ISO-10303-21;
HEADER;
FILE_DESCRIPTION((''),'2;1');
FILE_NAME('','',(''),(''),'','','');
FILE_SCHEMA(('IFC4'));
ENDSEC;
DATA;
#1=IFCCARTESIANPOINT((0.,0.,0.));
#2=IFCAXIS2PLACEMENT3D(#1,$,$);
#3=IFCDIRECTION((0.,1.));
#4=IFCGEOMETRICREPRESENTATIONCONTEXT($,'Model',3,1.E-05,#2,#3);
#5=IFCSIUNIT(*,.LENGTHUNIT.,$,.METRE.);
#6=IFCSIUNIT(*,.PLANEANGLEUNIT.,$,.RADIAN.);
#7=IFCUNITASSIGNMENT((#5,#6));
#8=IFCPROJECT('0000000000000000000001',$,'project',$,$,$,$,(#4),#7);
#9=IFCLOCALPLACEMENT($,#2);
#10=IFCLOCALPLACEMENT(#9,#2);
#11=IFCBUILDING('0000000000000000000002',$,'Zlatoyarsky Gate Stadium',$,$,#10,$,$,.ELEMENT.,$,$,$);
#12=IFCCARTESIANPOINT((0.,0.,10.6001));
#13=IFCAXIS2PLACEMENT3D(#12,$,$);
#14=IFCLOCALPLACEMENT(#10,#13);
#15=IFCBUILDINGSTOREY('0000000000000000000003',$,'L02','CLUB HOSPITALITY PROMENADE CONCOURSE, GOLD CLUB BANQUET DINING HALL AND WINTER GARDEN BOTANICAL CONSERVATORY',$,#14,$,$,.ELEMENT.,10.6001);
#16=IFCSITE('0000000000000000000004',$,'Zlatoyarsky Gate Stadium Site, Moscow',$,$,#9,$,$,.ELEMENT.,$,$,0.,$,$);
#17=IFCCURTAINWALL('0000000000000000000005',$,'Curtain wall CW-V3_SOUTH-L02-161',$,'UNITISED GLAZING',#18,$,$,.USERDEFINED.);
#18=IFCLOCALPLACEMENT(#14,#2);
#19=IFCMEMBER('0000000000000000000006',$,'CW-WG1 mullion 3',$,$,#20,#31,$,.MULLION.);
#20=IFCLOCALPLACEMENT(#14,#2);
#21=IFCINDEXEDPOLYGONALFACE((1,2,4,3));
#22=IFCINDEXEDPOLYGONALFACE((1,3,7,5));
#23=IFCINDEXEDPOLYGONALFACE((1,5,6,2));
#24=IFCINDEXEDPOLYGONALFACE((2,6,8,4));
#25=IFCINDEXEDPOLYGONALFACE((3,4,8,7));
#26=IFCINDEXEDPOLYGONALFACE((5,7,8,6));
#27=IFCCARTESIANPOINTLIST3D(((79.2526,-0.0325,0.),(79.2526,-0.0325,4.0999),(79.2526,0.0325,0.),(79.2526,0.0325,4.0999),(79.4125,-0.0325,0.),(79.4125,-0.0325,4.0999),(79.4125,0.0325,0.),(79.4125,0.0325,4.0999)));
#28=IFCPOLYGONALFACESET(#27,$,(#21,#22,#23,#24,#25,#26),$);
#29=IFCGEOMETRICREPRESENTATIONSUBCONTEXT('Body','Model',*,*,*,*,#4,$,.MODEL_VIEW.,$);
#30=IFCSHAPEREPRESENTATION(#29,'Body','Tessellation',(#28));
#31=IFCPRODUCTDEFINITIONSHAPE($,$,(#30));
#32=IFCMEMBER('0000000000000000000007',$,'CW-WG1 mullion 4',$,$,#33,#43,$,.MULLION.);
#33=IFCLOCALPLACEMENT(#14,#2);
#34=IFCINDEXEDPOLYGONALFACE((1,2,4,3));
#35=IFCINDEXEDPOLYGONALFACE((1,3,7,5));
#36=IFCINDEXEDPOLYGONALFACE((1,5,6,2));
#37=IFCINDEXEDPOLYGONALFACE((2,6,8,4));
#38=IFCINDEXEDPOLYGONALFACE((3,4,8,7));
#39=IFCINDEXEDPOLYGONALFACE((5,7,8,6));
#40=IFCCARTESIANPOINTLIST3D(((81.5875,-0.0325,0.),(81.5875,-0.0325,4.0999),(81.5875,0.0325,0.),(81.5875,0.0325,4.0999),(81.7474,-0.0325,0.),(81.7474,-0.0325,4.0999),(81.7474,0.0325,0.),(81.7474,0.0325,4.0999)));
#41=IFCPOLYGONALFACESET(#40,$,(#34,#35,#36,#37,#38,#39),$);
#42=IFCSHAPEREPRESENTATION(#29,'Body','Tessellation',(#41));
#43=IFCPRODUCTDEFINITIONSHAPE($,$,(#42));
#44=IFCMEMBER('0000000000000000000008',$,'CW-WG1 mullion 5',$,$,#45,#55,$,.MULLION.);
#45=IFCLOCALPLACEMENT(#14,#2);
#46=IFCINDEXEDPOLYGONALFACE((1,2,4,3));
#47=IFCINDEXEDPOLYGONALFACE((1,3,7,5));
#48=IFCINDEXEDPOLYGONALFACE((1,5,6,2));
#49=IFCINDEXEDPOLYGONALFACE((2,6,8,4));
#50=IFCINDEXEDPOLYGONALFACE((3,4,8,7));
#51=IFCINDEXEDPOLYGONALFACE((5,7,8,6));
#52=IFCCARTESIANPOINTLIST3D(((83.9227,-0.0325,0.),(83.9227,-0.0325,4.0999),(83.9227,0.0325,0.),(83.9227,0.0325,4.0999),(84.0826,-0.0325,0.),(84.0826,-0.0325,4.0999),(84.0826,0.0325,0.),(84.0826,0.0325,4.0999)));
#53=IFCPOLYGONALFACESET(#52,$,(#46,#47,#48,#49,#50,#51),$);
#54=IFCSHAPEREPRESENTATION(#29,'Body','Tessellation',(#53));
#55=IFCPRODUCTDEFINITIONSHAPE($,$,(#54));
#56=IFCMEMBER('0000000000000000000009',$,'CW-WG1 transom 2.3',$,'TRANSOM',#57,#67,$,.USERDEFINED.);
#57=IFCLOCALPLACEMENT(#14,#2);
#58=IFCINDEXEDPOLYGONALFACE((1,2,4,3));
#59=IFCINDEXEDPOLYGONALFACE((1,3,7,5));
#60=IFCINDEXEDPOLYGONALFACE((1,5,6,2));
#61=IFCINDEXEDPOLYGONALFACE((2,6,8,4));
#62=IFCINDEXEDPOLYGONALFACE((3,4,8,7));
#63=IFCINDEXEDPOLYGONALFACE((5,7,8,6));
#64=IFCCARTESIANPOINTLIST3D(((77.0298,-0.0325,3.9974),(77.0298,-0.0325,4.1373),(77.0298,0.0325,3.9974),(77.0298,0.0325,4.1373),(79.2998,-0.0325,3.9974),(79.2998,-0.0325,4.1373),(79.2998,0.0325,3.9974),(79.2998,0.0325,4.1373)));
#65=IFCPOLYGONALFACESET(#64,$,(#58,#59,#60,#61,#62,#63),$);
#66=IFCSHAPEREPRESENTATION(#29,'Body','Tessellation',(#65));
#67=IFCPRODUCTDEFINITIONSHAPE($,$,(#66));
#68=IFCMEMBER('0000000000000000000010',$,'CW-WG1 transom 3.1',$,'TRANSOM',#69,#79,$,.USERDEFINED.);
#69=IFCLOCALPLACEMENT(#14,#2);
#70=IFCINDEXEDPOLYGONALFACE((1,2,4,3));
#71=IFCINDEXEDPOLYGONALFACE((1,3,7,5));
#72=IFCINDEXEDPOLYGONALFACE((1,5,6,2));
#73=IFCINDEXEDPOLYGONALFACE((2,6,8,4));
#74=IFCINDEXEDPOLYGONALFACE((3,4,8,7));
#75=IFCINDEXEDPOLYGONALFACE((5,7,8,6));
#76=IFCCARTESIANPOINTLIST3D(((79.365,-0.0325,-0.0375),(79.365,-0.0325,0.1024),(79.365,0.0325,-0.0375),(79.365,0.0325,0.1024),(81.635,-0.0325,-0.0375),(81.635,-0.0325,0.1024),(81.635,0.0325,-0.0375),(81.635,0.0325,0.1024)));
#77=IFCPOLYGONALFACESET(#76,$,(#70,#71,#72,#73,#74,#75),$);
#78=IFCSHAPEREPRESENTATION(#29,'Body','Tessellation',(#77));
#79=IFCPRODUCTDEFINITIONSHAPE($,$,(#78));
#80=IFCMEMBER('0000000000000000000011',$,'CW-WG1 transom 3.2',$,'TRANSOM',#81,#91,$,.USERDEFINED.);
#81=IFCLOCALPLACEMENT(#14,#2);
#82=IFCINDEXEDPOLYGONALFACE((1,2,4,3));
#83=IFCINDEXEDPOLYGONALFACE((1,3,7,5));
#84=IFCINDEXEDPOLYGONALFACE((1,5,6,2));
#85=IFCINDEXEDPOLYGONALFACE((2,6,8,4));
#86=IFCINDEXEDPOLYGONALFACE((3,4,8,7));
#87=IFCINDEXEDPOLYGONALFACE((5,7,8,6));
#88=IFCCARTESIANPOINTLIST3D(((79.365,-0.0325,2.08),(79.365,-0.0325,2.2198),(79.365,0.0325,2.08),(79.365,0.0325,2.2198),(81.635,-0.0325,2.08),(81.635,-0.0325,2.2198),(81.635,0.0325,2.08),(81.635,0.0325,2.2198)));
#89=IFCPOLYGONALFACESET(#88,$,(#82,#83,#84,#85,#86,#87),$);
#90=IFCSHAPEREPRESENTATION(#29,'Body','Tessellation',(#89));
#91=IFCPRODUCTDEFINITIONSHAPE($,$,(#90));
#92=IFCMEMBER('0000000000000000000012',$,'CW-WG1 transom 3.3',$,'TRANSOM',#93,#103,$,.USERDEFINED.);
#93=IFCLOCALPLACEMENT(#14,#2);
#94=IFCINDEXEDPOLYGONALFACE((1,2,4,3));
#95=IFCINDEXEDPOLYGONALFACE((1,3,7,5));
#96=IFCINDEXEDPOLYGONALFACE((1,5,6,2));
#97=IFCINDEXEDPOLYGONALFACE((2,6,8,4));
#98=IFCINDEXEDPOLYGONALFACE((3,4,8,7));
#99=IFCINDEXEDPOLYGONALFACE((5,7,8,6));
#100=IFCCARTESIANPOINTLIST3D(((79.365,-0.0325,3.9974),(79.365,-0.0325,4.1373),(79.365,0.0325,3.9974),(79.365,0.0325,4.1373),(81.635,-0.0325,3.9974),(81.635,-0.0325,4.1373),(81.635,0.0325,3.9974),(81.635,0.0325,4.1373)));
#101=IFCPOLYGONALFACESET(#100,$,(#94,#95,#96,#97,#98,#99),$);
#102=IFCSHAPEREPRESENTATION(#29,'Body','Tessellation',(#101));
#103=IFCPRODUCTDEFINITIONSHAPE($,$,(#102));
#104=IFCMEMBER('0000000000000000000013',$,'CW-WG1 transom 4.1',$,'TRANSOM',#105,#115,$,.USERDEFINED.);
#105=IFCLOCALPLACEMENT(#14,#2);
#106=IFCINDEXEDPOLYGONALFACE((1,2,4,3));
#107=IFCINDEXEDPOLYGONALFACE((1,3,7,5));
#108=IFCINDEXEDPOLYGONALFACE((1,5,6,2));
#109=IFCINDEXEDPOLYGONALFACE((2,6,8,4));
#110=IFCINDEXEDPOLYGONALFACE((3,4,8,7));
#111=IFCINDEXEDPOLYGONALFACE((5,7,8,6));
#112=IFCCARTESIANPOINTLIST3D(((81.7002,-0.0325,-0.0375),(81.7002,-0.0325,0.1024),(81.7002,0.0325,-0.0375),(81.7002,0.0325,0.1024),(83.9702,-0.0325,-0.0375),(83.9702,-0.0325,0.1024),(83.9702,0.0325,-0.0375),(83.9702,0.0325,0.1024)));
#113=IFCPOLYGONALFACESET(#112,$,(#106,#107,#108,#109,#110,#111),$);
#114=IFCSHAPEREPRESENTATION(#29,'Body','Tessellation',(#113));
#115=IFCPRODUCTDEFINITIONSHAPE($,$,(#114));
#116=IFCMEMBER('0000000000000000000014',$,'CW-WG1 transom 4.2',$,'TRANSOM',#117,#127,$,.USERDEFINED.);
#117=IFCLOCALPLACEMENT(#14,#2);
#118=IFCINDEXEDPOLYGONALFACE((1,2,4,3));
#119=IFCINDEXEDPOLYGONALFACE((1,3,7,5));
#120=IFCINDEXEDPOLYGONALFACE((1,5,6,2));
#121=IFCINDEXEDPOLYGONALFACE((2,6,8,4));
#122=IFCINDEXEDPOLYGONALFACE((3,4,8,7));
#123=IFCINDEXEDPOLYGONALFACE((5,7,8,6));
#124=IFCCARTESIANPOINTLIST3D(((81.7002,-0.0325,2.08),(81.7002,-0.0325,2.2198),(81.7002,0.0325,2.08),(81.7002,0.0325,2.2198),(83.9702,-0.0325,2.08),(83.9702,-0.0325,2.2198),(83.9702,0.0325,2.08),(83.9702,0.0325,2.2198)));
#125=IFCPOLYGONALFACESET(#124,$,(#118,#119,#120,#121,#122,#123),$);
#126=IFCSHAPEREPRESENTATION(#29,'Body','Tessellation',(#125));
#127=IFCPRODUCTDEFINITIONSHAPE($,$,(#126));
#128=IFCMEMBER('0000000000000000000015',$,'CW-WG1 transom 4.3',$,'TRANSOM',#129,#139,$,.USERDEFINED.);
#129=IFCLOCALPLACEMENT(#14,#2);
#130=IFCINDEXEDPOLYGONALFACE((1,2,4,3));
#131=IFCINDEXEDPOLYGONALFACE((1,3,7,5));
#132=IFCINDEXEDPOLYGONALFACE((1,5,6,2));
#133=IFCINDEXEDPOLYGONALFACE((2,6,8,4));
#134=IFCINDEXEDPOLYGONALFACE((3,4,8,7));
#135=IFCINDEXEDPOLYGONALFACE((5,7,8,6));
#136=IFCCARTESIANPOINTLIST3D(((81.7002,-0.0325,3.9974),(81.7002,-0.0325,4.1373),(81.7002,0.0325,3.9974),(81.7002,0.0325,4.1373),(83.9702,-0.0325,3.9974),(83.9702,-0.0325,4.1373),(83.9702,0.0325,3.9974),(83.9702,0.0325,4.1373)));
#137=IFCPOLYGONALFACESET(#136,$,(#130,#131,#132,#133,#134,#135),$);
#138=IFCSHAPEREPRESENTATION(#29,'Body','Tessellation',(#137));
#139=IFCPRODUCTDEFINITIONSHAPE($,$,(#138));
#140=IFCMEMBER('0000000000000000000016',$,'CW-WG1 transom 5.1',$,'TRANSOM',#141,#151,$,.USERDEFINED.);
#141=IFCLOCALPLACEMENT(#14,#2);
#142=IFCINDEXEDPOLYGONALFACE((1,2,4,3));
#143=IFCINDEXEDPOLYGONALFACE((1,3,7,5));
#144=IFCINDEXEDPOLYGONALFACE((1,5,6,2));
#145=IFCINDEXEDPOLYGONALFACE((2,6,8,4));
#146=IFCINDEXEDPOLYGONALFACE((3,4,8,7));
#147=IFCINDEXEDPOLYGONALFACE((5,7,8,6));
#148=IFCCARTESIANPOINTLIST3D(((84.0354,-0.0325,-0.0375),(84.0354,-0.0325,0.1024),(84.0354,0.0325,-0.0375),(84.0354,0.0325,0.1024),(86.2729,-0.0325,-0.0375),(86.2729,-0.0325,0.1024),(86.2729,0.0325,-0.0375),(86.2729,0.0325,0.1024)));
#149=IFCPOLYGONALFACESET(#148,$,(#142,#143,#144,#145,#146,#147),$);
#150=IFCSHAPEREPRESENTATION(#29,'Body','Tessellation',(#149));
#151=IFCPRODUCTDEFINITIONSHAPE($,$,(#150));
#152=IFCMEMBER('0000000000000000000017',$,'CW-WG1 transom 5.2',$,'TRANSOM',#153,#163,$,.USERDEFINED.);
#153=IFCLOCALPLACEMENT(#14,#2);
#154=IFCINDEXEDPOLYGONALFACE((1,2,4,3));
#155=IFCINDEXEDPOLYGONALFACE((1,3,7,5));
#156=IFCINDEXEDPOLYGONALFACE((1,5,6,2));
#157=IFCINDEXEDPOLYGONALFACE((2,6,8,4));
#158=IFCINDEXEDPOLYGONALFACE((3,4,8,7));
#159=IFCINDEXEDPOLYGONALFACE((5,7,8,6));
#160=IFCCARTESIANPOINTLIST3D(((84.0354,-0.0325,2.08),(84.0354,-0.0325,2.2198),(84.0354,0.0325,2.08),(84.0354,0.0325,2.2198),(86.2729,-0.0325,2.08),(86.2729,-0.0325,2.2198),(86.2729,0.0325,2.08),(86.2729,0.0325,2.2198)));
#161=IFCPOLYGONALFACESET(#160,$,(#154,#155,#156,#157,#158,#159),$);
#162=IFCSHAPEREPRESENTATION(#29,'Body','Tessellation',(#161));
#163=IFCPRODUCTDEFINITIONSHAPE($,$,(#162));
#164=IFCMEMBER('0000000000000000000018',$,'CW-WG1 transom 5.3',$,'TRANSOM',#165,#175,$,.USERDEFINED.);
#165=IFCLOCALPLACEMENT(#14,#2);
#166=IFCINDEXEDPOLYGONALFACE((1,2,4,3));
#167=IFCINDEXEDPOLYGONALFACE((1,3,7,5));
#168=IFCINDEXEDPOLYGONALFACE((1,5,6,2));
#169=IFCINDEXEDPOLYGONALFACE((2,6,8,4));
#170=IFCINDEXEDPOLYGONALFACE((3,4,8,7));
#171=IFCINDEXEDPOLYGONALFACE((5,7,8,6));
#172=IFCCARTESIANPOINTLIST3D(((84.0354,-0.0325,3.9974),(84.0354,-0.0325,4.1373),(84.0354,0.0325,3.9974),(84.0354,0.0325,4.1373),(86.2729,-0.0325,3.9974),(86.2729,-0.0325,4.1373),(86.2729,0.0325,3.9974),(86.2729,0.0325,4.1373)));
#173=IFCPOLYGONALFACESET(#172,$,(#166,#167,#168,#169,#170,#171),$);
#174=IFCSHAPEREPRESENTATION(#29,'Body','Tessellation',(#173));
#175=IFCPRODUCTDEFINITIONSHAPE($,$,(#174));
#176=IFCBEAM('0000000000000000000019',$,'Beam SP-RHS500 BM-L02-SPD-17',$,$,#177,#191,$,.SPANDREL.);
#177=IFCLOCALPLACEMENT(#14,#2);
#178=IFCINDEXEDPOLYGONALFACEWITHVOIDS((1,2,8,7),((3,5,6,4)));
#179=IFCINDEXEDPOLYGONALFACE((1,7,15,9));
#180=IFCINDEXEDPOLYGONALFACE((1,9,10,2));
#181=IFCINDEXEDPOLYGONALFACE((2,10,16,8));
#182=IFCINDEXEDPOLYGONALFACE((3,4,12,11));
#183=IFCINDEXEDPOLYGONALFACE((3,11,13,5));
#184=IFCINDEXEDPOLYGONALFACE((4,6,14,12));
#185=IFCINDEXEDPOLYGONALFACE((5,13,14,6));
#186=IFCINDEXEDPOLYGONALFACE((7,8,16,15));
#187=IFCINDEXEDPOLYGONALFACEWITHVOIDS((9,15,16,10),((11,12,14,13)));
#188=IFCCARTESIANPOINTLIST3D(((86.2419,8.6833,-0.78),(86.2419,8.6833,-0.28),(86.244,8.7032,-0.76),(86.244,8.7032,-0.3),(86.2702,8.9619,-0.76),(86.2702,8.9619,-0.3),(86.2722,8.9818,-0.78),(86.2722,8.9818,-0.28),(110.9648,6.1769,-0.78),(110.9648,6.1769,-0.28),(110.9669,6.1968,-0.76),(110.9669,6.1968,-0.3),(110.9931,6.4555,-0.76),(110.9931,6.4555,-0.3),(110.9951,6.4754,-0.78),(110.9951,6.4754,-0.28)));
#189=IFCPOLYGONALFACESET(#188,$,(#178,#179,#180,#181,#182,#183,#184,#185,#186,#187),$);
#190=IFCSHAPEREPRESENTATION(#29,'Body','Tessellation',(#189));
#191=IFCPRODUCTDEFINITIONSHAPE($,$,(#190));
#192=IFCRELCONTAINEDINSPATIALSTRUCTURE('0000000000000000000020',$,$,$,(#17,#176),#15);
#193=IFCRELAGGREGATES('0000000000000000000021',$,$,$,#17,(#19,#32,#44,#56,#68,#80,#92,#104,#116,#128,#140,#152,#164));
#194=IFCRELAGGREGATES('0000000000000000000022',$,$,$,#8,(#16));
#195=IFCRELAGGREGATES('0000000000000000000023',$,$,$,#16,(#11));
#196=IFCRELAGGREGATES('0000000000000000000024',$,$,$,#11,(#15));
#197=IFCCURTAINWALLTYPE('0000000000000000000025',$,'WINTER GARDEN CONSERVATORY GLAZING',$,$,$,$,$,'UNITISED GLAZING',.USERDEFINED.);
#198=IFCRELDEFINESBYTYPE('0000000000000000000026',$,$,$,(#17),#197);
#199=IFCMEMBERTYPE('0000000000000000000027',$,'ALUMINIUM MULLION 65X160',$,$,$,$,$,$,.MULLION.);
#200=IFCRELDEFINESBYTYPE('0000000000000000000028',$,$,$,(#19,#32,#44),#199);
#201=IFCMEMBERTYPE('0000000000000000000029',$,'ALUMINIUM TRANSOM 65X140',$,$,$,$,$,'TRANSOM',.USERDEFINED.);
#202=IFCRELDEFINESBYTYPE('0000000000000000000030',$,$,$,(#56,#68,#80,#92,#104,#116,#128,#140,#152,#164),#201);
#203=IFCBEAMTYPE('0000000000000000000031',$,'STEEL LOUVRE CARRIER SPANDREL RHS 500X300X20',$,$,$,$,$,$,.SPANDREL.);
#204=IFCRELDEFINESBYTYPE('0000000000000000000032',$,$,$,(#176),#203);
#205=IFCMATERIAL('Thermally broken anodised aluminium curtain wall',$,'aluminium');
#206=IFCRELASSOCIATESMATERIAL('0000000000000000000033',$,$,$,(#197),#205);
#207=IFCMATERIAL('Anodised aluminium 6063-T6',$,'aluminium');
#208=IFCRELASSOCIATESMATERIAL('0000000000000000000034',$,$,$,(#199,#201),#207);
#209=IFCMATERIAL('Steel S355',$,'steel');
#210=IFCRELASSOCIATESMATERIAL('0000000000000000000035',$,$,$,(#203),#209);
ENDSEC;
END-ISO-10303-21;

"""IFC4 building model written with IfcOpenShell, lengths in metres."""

from ifc_helpers import new_model, si_unit, direction, frame, origin, origin_2d, place, context, subcontext, project, spatial, rectangle, hollow_rectangle, extrude, material, material_profile, profile_set, type_object, element, aggregate, save


model = new_model("IFC4")

# Units and contexts
model_context = context("Model", 3, precision=1e-05, world=origin(), true_north=direction((0.0, 1.0)))
body_context = subcontext(model_context, "Body", "Model", "MODEL_VIEW")
ifc_project = project(units=[si_unit("LENGTHUNIT", "METRE"), si_unit("PLANEANGLEUNIT", "RADIAN")], contexts=[model_context])

# Site, building, storey
site_placement = place(None, origin())
site = spatial("IfcSite", under=ifc_project, at=site_placement, Name="Zlatoyarsky Gate Stadium Site, Moscow", CompositionType="ELEMENT", RefElevation=0.0)
building_placement = place(site_placement, origin())
building = spatial("IfcBuilding", under=site, at=building_placement, Name="Zlatoyarsky Gate Stadium", CompositionType="ELEMENT")
storey_placement = place(building_placement, frame((0.0, 0.0, 10.6001)))
storey = spatial("IfcBuildingStorey", under=building, at=storey_placement, Name="L02", Description="CLUB HOSPITALITY PROMENADE CONCOURSE, GOLD CLUB BANQUET DINING HALL AND WINTER GARDEN BOTANICAL CONSERVATORY", CompositionType="ELEMENT", Elevation=10.6001)

# Curtain wall, members
ifc_material_1 = material(Name="Thermally broken anodised aluminium curtain wall", Category="aluminium")
curtain_wall_type = type_object("IfcCurtainWallType", Name="WINTER GARDEN CONSERVATORY GLAZING", ElementType="UNITISED GLAZING", PredefinedType="USERDEFINED", material=ifc_material_1)
curtain_wall_placement = place(storey_placement, origin())
curtain_wall = element("IfcCurtainWall", 1, at=curtain_wall_placement, inside=storey, type_object=curtain_wall_type, Name="Curtain wall CW-V3_SOUTH-L02-161", ObjectType="UNITISED GLAZING", PredefinedType="USERDEFINED")
ifc_material_2 = material(Name="Anodised aluminium 6063-T6", Category="aluminium")
ifc_material_profile_1 = material_profile(ifc_material_2, rectangle(XDim=0.0649, YDim=0.1599, at=origin_2d()), Name="ALU 65X160")
ifc_profile_set_1 = profile_set([ifc_material_profile_1], Name="Anodised aluminium 6063-T6")
member_type_1 = type_object("IfcMemberType", Name="ALUMINIUM MULLION 65X160", PredefinedType="MULLION", material=ifc_profile_set_1)
member_1_placement = place(storey_placement, frame((79.3325, 0.0, 0.0), z_axis=(0.0, 0.0, 1.0), x_axis=(0.0, 1.0, 0.0)))
member_1 = element("IfcMember", 2, at=member_1_placement, type_object=member_type_1, Name="CW-WG1 mullion 3", PredefinedType="MULLION", context=body_context, shape_type="SweptSolid", body=[
    extrude(rectangle(XDim=0.0649, YDim=0.1599, at=origin_2d()), origin(), (0.0, 0.0, 1.0), 4.0999),
])
member_2_placement = place(storey_placement, frame((81.6675, 0.0, 0.0), z_axis=(0.0, 0.0, 1.0), x_axis=(0.0, 1.0, 0.0)))
member_2 = element("IfcMember", 3, at=member_2_placement, type_object=member_type_1, Name="CW-WG1 mullion 4", PredefinedType="MULLION", context=body_context, shape_type="SweptSolid", body=[
    extrude(rectangle(XDim=0.0649, YDim=0.1599, at=origin_2d()), origin(), (0.0, 0.0, 1.0), 4.0999),
])
member_3_placement = place(storey_placement, frame((84.0027, 0.0, 0.0), z_axis=(0.0, 0.0, 1.0), x_axis=(0.0, 1.0, 0.0)))
member_3 = element("IfcMember", 4, at=member_3_placement, type_object=member_type_1, Name="CW-WG1 mullion 5", PredefinedType="MULLION", context=body_context, shape_type="SweptSolid", body=[
    extrude(rectangle(XDim=0.0649, YDim=0.1599, at=origin_2d()), origin(), (0.0, 0.0, 1.0), 4.0999),
])
ifc_material_profile_2 = material_profile(ifc_material_2, rectangle(XDim=0.0649, YDim=0.1399, at=origin_2d()), Name="ALU 65X140")
ifc_profile_set_2 = profile_set([ifc_material_profile_2], Name="Anodised aluminium 6063-T6")
member_type_2 = type_object("IfcMemberType", Name="ALUMINIUM TRANSOM 65X140", ElementType="TRANSOM", PredefinedType="USERDEFINED", material=ifc_profile_set_2)
member_4_placement = place(storey_placement, frame((77.0298, 0.0, 4.0674), z_axis=(1.0, 0.0, 0.0), x_axis=(0.0, 1.0, 0.0)))
member_4 = element("IfcMember", 5, at=member_4_placement, type_object=member_type_2, Name="CW-WG1 transom 2.3", ObjectType="TRANSOM", PredefinedType="USERDEFINED", context=body_context, shape_type="SweptSolid", body=[
    extrude(rectangle(XDim=0.0649, YDim=0.1399, at=origin_2d()), origin(), (0.0, 0.0, 1.0), 2.27),
])
member_5_placement = place(storey_placement, frame((79.365, 0.0, 0.0325), z_axis=(1.0, 0.0, 0.0), x_axis=(0.0, 1.0, 0.0)))
member_5 = element("IfcMember", 6, at=member_5_placement, type_object=member_type_2, Name="CW-WG1 transom 3.1", ObjectType="TRANSOM", PredefinedType="USERDEFINED", context=body_context, shape_type="SweptSolid", body=[
    extrude(rectangle(XDim=0.0649, YDim=0.1399, at=origin_2d()), origin(), (0.0, 0.0, 1.0), 2.27),
])
member_6_placement = place(storey_placement, frame((79.365, 0.0, 2.1499), z_axis=(1.0, 0.0, 0.0), x_axis=(0.0, 1.0, 0.0)))
member_6 = element("IfcMember", 7, at=member_6_placement, type_object=member_type_2, Name="CW-WG1 transom 3.2", ObjectType="TRANSOM", PredefinedType="USERDEFINED", context=body_context, shape_type="SweptSolid", body=[
    extrude(rectangle(XDim=0.0649, YDim=0.1399, at=origin_2d()), origin(), (0.0, 0.0, 1.0), 2.27),
])
member_7_placement = place(storey_placement, frame((79.365, 0.0, 4.0674), z_axis=(1.0, 0.0, 0.0), x_axis=(0.0, 1.0, 0.0)))
member_7 = element("IfcMember", 8, at=member_7_placement, type_object=member_type_2, Name="CW-WG1 transom 3.3", ObjectType="TRANSOM", PredefinedType="USERDEFINED", context=body_context, shape_type="SweptSolid", body=[
    extrude(rectangle(XDim=0.0649, YDim=0.1399, at=origin_2d()), origin(), (0.0, 0.0, 1.0), 2.27),
])
member_8_placement = place(storey_placement, frame((81.7002, 0.0, 0.0325), z_axis=(1.0, 0.0, 0.0), x_axis=(0.0, 1.0, 0.0)))
member_8 = element("IfcMember", 9, at=member_8_placement, type_object=member_type_2, Name="CW-WG1 transom 4.1", ObjectType="TRANSOM", PredefinedType="USERDEFINED", context=body_context, shape_type="SweptSolid", body=[
    extrude(rectangle(XDim=0.0649, YDim=0.1399, at=origin_2d()), origin(), (0.0, 0.0, 1.0), 2.27),
])
member_9_placement = place(storey_placement, frame((81.7002, 0.0, 2.1499), z_axis=(1.0, 0.0, 0.0), x_axis=(0.0, 1.0, 0.0)))
member_9 = element("IfcMember", 10, at=member_9_placement, type_object=member_type_2, Name="CW-WG1 transom 4.2", ObjectType="TRANSOM", PredefinedType="USERDEFINED", context=body_context, shape_type="SweptSolid", body=[
    extrude(rectangle(XDim=0.0649, YDim=0.1399, at=origin_2d()), origin(), (0.0, 0.0, 1.0), 2.27),
])
member_10_placement = place(storey_placement, frame((81.7002, 0.0, 4.0674), z_axis=(1.0, 0.0, 0.0), x_axis=(0.0, 1.0, 0.0)))
member_10 = element("IfcMember", 11, at=member_10_placement, type_object=member_type_2, Name="CW-WG1 transom 4.3", ObjectType="TRANSOM", PredefinedType="USERDEFINED", context=body_context, shape_type="SweptSolid", body=[
    extrude(rectangle(XDim=0.0649, YDim=0.1399, at=origin_2d()), origin(), (0.0, 0.0, 1.0), 2.27),
])
member_11_placement = place(storey_placement, frame((84.0354, 0.0, 0.0325), z_axis=(1.0, 0.0, 0.0), x_axis=(0.0, 1.0, 0.0)))
member_11 = element("IfcMember", 12, at=member_11_placement, type_object=member_type_2, Name="CW-WG1 transom 5.1", ObjectType="TRANSOM", PredefinedType="USERDEFINED", context=body_context, shape_type="SweptSolid", body=[
    extrude(rectangle(XDim=0.0649, YDim=0.1399, at=origin_2d()), origin(), (0.0, 0.0, 1.0), 2.2375),
])
member_12_placement = place(storey_placement, frame((84.0354, 0.0, 2.1499), z_axis=(1.0, 0.0, 0.0), x_axis=(0.0, 1.0, 0.0)))
member_12 = element("IfcMember", 13, at=member_12_placement, type_object=member_type_2, Name="CW-WG1 transom 5.2", ObjectType="TRANSOM", PredefinedType="USERDEFINED", context=body_context, shape_type="SweptSolid", body=[
    extrude(rectangle(XDim=0.0649, YDim=0.1399, at=origin_2d()), origin(), (0.0, 0.0, 1.0), 2.2375),
])
member_13_placement = place(storey_placement, frame((84.0354, 0.0, 4.0674), z_axis=(1.0, 0.0, 0.0), x_axis=(0.0, 1.0, 0.0)))
member_13 = element("IfcMember", 14, at=member_13_placement, type_object=member_type_2, Name="CW-WG1 transom 5.3", ObjectType="TRANSOM", PredefinedType="USERDEFINED", context=body_context, shape_type="SweptSolid", body=[
    extrude(rectangle(XDim=0.0649, YDim=0.1399, at=origin_2d()), origin(), (0.0, 0.0, 1.0), 2.2375),
])

# Beam
ifc_material_3 = material(Name="Steel S355", Category="steel")
ifc_material_profile_3 = material_profile(ifc_material_3, hollow_rectangle(XDim=0.3, YDim=0.5, WallThickness=0.02, at=origin_2d()), Name="RHS 500X300X20")
ifc_profile_set_3 = profile_set([ifc_material_profile_3], Name="Steel S355")
beam_type = type_object("IfcBeamType", Name="STEEL LOUVRE CARRIER SPANDREL RHS 500X300X20", PredefinedType="SPANDREL", material=ifc_profile_set_3)
beam_placement = place(storey_placement, frame((86.2571, 8.8325, -0.53), z_axis=(0.994901, -0.100861, 0.0), x_axis=(0.100861, 0.994901, 0.0)))
element("IfcBeam", 15, at=beam_placement, inside=storey, type_object=beam_type, Name="Beam SP-RHS500 BM-L02-SPD-17", PredefinedType="SPANDREL", context=body_context, shape_type="SweptSolid", body=[
    extrude(hollow_rectangle(XDim=0.3, YDim=0.5, WallThickness=0.02, at=origin_2d()), origin(), (0.0, 0.0, 1.0), 24.8496),
])

aggregate(curtain_wall, [member_1, member_2, member_3, member_4, member_5, member_6, member_7, member_8, member_9, member_10, member_11, member_12, member_13])

save(model, "model.ifc")
